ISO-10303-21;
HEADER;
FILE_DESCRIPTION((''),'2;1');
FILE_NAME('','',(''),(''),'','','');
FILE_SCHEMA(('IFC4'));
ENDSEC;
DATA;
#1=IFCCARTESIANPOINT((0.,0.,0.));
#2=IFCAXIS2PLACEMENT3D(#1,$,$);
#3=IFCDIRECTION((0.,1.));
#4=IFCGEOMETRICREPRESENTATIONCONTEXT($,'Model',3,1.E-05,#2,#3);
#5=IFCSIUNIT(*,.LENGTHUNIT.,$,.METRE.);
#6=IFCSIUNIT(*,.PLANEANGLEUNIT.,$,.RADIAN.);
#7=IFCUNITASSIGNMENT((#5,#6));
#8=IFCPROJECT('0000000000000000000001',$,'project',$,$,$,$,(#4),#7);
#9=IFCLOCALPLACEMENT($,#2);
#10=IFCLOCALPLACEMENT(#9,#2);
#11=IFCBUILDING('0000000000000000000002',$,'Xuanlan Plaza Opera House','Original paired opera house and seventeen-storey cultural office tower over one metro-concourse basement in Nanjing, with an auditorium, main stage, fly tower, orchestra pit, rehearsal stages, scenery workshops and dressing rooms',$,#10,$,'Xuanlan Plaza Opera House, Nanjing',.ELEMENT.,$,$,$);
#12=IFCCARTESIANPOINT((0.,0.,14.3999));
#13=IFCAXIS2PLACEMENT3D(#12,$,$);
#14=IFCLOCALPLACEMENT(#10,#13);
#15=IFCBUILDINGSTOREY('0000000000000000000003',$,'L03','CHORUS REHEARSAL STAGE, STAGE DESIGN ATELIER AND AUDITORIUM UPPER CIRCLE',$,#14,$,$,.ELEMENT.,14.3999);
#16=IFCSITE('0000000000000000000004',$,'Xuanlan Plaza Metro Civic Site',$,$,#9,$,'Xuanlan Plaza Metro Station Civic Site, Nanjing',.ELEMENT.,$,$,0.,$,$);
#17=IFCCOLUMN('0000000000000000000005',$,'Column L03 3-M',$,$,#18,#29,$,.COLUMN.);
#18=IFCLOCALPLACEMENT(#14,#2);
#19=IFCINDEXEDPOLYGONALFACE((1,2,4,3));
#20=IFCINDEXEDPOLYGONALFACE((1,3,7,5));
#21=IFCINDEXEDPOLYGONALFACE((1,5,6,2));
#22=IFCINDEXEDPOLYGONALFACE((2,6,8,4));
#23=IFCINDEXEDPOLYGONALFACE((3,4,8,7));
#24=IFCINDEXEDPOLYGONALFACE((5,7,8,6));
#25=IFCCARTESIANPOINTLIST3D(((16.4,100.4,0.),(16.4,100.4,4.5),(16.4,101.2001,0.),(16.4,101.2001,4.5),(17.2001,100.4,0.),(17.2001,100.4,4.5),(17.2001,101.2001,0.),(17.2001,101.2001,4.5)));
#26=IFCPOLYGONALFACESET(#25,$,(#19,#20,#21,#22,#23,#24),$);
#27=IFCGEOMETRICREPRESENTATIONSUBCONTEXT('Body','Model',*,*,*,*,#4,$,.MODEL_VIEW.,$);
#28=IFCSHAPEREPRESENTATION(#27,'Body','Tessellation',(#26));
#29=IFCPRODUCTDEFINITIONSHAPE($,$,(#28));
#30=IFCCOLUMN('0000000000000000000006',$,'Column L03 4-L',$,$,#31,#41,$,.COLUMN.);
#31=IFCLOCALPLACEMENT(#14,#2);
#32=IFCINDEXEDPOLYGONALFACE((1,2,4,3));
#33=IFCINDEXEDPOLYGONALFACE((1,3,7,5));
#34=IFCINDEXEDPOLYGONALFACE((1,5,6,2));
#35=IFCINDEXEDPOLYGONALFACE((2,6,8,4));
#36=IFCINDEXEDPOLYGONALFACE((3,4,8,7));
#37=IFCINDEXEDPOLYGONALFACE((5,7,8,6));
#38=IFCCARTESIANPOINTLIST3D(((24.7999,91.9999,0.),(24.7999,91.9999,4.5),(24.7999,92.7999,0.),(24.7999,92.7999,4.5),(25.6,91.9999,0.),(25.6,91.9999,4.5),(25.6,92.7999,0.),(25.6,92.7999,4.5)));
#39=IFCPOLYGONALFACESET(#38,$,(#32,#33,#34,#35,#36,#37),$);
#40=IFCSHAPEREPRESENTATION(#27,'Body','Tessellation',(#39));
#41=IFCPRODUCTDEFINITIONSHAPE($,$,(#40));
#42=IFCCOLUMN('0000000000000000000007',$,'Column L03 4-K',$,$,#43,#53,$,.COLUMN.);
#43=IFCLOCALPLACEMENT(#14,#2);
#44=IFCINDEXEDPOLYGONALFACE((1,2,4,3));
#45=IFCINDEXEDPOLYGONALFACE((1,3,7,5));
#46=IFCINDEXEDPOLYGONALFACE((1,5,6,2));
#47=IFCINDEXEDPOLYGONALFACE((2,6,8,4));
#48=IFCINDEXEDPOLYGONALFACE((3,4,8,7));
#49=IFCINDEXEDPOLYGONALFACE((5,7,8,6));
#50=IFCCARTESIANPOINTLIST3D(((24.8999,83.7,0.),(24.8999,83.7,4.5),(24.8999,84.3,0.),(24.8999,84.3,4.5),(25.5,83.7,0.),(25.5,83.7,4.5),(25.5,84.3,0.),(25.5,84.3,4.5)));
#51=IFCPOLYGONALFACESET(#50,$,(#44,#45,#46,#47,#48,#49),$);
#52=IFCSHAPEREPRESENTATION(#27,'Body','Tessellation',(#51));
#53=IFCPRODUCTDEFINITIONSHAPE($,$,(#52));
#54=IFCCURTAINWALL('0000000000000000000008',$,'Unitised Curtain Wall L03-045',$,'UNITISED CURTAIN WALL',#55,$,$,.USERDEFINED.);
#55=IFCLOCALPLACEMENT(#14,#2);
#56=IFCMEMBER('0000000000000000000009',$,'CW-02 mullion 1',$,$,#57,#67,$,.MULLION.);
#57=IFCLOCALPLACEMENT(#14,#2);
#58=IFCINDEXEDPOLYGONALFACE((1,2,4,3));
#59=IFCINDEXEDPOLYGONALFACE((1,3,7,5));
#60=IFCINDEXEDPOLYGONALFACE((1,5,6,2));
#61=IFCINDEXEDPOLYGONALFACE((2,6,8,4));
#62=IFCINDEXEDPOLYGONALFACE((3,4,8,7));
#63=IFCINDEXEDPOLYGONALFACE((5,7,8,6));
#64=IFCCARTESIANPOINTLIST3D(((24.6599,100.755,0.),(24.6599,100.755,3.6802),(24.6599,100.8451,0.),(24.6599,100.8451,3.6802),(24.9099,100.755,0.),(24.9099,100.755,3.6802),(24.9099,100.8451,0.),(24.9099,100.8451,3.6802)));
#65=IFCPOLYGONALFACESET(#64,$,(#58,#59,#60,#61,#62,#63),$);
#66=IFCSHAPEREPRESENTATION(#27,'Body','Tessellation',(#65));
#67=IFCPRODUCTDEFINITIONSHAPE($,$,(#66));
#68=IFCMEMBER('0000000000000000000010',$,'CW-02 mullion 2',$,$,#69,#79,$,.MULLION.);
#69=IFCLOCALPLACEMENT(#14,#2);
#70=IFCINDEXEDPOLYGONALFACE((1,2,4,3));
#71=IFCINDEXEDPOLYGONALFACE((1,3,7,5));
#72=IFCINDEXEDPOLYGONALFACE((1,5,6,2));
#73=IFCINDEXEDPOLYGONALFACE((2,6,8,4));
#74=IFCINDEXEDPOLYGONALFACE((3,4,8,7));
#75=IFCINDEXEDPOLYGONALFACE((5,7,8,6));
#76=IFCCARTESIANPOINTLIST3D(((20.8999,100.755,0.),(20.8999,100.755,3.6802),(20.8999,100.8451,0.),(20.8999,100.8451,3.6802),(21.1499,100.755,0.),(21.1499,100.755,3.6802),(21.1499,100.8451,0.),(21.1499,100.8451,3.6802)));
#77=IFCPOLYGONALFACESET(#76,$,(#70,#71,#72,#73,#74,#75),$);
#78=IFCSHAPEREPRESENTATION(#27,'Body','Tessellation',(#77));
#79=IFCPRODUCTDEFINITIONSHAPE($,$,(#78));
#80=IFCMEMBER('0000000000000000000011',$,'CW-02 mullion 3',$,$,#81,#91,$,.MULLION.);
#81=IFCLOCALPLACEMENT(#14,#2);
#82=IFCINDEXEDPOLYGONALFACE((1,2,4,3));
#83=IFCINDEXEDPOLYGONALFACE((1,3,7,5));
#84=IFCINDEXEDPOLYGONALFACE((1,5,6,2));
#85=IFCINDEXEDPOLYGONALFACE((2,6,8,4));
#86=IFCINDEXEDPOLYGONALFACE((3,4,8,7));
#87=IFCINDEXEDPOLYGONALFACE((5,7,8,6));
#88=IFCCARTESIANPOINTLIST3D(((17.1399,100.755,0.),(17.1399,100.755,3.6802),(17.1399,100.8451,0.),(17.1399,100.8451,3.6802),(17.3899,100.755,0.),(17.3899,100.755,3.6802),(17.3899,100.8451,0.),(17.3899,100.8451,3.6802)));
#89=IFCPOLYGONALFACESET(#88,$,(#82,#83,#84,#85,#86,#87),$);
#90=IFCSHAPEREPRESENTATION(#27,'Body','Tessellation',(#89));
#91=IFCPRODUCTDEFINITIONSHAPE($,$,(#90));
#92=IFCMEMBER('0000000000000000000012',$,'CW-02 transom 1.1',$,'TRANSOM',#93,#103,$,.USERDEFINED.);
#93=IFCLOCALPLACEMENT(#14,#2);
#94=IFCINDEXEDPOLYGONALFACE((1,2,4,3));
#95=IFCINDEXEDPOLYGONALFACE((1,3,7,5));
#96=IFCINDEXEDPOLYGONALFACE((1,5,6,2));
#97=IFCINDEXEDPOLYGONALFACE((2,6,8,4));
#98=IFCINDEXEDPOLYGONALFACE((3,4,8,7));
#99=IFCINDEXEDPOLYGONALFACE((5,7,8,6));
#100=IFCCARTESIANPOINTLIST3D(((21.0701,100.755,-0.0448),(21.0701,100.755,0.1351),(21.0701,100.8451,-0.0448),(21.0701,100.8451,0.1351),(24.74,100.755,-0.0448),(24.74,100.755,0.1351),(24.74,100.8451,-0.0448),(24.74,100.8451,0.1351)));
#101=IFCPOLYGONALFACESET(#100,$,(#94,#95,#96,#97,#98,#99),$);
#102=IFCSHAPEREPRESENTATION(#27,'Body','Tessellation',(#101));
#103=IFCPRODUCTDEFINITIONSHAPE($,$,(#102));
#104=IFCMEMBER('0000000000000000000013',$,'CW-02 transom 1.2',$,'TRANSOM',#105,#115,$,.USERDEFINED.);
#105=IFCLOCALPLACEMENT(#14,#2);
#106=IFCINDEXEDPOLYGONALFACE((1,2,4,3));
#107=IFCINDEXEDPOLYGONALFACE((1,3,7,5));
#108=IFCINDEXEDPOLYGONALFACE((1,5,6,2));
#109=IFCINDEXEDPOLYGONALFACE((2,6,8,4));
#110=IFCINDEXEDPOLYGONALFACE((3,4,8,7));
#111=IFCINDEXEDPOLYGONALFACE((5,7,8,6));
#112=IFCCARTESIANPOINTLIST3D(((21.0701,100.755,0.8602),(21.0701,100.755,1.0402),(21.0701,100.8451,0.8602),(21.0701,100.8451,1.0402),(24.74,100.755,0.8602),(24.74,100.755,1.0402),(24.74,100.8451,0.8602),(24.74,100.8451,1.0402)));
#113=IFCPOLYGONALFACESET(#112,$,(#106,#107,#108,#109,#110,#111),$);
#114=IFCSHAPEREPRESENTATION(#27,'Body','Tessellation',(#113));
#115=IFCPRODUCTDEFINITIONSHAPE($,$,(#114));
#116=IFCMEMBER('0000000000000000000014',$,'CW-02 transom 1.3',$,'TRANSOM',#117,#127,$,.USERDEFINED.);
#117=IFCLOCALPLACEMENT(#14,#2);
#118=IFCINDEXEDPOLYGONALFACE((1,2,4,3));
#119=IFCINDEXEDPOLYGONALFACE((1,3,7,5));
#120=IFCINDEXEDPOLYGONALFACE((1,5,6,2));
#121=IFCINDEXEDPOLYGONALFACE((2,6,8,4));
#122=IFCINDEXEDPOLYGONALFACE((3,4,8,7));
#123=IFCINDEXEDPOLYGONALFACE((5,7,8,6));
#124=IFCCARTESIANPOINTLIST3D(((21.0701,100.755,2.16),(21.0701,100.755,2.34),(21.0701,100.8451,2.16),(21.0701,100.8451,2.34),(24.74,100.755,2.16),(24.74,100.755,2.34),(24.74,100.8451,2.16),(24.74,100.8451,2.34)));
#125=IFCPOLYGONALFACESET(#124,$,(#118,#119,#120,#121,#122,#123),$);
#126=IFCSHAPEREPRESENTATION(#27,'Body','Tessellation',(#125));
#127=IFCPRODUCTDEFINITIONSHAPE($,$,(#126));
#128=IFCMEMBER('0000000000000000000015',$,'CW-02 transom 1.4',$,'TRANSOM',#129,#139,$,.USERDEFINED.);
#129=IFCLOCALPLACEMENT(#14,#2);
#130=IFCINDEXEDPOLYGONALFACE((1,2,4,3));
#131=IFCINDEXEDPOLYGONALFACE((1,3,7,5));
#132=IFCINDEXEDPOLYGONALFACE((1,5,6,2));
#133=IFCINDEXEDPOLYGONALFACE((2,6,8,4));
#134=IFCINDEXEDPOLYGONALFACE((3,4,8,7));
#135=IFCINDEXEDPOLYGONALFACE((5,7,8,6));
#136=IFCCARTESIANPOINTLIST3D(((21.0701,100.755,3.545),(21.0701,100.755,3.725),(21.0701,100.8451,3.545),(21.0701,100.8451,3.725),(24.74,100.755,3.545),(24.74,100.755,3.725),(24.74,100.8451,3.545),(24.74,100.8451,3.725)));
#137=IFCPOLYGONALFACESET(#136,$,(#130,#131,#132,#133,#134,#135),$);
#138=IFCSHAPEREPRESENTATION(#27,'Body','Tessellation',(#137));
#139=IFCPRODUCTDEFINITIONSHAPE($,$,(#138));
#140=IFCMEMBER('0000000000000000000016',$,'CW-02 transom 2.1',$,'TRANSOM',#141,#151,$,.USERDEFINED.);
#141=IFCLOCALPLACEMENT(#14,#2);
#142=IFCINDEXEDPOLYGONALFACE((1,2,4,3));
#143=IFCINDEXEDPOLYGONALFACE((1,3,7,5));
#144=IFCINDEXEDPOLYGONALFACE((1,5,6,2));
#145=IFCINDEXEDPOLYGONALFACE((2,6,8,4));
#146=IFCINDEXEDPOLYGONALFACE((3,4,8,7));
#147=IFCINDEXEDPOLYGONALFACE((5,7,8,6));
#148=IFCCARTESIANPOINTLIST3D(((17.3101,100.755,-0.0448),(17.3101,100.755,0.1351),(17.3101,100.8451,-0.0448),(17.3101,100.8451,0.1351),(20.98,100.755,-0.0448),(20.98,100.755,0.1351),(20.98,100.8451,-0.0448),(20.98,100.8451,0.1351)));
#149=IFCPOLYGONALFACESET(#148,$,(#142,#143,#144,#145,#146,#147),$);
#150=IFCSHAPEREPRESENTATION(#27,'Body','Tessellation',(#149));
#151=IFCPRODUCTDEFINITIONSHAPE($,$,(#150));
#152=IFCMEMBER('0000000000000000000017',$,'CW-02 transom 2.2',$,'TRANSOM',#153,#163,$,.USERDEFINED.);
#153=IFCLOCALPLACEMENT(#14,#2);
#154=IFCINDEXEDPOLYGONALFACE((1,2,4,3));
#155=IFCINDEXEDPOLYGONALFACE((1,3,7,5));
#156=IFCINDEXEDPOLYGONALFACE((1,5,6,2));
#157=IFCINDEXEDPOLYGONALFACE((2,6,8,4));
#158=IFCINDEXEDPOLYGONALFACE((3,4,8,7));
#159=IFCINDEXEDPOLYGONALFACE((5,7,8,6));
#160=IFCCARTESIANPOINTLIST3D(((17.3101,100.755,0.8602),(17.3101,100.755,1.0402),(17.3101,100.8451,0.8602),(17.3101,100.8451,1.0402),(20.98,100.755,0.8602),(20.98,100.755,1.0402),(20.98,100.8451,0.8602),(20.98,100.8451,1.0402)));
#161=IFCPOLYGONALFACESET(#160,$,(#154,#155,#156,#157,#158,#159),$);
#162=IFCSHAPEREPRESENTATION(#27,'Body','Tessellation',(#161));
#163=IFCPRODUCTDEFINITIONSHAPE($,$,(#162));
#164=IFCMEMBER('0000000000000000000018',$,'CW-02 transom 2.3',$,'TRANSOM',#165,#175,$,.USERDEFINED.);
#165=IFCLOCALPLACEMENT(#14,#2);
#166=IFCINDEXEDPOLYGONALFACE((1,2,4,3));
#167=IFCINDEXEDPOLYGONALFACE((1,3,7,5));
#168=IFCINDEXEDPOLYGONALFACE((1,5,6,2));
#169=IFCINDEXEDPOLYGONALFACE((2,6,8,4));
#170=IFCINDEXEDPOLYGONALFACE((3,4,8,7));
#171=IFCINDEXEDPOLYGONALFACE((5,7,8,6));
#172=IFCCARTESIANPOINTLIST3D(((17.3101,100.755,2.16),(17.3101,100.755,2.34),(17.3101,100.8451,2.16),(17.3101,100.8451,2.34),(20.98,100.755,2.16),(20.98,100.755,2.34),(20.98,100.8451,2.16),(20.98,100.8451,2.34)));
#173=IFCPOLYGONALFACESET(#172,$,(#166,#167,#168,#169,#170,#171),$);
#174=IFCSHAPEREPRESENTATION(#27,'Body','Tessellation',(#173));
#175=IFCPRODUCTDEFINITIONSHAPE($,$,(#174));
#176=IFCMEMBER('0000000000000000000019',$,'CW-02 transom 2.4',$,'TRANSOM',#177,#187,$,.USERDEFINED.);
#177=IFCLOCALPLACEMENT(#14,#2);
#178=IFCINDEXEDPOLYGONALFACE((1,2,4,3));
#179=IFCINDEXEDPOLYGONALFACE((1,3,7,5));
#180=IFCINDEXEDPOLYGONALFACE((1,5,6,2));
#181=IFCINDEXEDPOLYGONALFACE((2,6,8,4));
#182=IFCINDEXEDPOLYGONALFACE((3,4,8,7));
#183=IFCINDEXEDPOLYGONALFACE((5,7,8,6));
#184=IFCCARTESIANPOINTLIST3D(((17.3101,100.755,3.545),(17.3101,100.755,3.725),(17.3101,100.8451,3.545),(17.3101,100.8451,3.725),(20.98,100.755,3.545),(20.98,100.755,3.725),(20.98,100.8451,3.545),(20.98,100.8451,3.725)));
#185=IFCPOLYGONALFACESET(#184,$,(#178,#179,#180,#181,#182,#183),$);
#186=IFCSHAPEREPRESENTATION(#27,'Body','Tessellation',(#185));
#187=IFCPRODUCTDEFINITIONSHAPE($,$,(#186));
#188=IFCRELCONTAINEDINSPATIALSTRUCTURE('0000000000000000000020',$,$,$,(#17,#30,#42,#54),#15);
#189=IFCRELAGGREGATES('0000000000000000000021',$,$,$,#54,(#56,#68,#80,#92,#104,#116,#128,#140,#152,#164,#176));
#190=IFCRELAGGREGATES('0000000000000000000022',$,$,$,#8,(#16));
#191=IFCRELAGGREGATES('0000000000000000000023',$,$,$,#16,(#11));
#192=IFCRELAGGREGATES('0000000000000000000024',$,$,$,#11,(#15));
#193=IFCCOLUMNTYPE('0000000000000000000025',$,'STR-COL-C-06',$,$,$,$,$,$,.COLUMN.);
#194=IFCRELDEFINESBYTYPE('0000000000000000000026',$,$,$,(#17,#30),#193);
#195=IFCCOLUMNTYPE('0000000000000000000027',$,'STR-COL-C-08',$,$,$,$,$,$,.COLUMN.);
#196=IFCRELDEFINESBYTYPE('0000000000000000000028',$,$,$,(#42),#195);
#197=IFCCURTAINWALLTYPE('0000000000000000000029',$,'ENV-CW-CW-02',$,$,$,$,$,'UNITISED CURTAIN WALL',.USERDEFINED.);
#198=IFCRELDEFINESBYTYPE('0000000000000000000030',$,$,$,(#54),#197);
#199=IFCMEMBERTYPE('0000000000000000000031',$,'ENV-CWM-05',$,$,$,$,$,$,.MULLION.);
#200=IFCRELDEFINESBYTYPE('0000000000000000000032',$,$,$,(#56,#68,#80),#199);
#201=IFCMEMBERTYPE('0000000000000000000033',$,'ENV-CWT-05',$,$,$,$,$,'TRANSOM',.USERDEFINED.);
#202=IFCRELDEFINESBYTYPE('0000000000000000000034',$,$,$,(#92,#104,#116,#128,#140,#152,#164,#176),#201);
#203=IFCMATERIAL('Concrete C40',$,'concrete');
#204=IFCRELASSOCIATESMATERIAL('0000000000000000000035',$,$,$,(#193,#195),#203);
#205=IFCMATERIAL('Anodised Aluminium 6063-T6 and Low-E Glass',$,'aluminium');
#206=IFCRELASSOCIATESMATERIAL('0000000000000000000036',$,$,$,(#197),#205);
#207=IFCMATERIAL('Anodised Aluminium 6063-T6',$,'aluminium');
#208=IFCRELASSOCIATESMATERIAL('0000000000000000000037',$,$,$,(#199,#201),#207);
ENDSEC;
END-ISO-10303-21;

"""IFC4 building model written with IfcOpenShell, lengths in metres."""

from ifc_helpers import new_model, si_unit, direction, frame, origin, origin_2d, place, context, subcontext, project, spatial, rectangle, extrude, material, material_profile, profile_set, type_object, element, aggregate, save


model = new_model("IFC4")

# Units and contexts
model_context = context("Model", 3, precision=1e-05, world=origin(), true_north=direction((0.0, 1.0)))
body_context = subcontext(model_context, "Body", "Model", "MODEL_VIEW")
ifc_project = project(units=[si_unit("LENGTHUNIT", "METRE"), si_unit("PLANEANGLEUNIT", "RADIAN")], contexts=[model_context])

# Site, building, storey
site_placement = place(None, origin())
site = spatial("IfcSite", under=ifc_project, at=site_placement, Name="Xuanlan Plaza Metro Civic Site", LongName="Xuanlan Plaza Metro Station Civic Site, Nanjing", CompositionType="ELEMENT", RefElevation=0.0)
building_placement = place(site_placement, origin())
building = spatial("IfcBuilding", under=site, at=building_placement, Name="Xuanlan Plaza Opera House", Description="Original paired opera house and seventeen-storey cultural office tower over one metro-concourse basement in Nanjing, with an auditorium, main stage, fly tower, orchestra pit, rehearsal stages, scenery workshops and dressing rooms", LongName="Xuanlan Plaza Opera House, Nanjing", CompositionType="ELEMENT")
storey_placement = place(building_placement, frame((0.0, 0.0, 14.3999)))
storey = spatial("IfcBuildingStorey", under=building, at=storey_placement, Name="L03", Description="CHORUS REHEARSAL STAGE, STAGE DESIGN ATELIER AND AUDITORIUM UPPER CIRCLE", CompositionType="ELEMENT", Elevation=14.3999)

# Columns
ifc_material_1 = material(Name="Concrete C40", Category="concrete")
ifc_material_profile_1 = material_profile(ifc_material_1, rectangle(XDim=0.8, YDim=0.8, at=origin_2d()), Name="RC-COL 800x800")
ifc_profile_set_1 = profile_set([ifc_material_profile_1], Name="Concrete C40")
column_type_1 = type_object("IfcColumnType", Name="STR-COL-C-06", PredefinedType="COLUMN", material=ifc_profile_set_1)
for number, where, z_axis, x_axis, name in (
    (1, (16.8, 100.8, 0.0), (0.0, 0.0, 1.0), (1.0, 0.0, 0.0), "Column L03 3-M"),
    (2, (25.2, 92.3999, 0.0), (0.0, 0.0, 1.0), (1.0, 0.0, 0.0), "Column L03 4-L"),
):
    element("IfcColumn", number, at=place(storey_placement, frame(where, z_axis=z_axis, x_axis=x_axis)), inside=storey, type_object=column_type_1, Name=name, PredefinedType="COLUMN", context=body_context, shape_type="SweptSolid", body=[
        extrude(rectangle(XDim=0.8, YDim=0.8, at=origin_2d()), origin(), (0.0, 0.0, 1.0), 4.5),
    ])
ifc_material_profile_2 = material_profile(ifc_material_1, rectangle(XDim=0.6001, YDim=0.6001, at=origin_2d()), Name="RC-COL 600x600")
ifc_profile_set_2 = profile_set([ifc_material_profile_2], Name="Concrete C40")
column_type_2 = type_object("IfcColumnType", Name="STR-COL-C-08", PredefinedType="COLUMN", material=ifc_profile_set_2)
column_placement = place(storey_placement, frame((25.2, 84.0, 0.0), z_axis=(0.0, 0.0, 1.0), x_axis=(1.0, 0.0, 0.0)))
element("IfcColumn", 3, at=column_placement, inside=storey, type_object=column_type_2, Name="Column L03 4-K", PredefinedType="COLUMN", context=body_context, shape_type="SweptSolid", body=[
    extrude(rectangle(XDim=0.6001, YDim=0.6001, at=origin_2d()), origin(), (0.0, 0.0, 1.0), 4.5),
])

# Curtain wall, members
ifc_material_2 = material(Name="Anodised Aluminium 6063-T6 and Low-E Glass", Category="aluminium")
curtain_wall_type = type_object("IfcCurtainWallType", Name="ENV-CW-CW-02", ElementType="UNITISED CURTAIN WALL", PredefinedType="USERDEFINED", material=ifc_material_2)
curtain_wall_placement = place(storey_placement, origin())
curtain_wall = element("IfcCurtainWall", 4, at=curtain_wall_placement, inside=storey, type_object=curtain_wall_type, Name="Unitised Curtain Wall L03-045", ObjectType="UNITISED CURTAIN WALL", PredefinedType="USERDEFINED")
ifc_material_3 = material(Name="Anodised Aluminium 6063-T6", Category="aluminium")
ifc_material_profile_3 = material_profile(ifc_material_3, rectangle(XDim=0.0901, YDim=0.25, at=origin_2d()), Name="ALU-M 90x250")
ifc_profile_set_3 = profile_set([ifc_material_profile_3], Name="Anodised Aluminium 6063-T6")
member_type_1 = type_object("IfcMemberType", Name="ENV-CWM-05", PredefinedType="MULLION", material=ifc_profile_set_3)
member_1_placement = place(storey_placement, frame((24.7849, 100.8, 0.0), z_axis=(0.0, 0.0, 1.0), x_axis=(0.0, -1.0, 0.0)))
member_1 = element("IfcMember", 5, at=member_1_placement, type_object=member_type_1, Name="CW-02 mullion 1", PredefinedType="MULLION", context=body_context, shape_type="SweptSolid", body=[
    extrude(rectangle(XDim=0.0901, YDim=0.25, at=origin_2d()), origin(), (0.0, 0.0, 1.0), 3.6802),
])
member_2_placement = place(storey_placement, frame((21.0249, 100.8, 0.0), z_axis=(0.0, 0.0, 1.0), x_axis=(0.0, -1.0, 0.0)))
member_2 = element("IfcMember", 6, at=member_2_placement, type_object=member_type_1, Name="CW-02 mullion 2", PredefinedType="MULLION", context=body_context, shape_type="SweptSolid", body=[
    extrude(rectangle(XDim=0.0901, YDim=0.25, at=origin_2d()), origin(), (0.0, 0.0, 1.0), 3.6802),
])
member_3_placement = place(storey_placement, frame((17.2649, 100.8, 0.0), z_axis=(0.0, 0.0, 1.0), x_axis=(0.0, -1.0, 0.0)))
member_3 = element("IfcMember", 7, at=member_3_placement, type_object=member_type_1, Name="CW-02 mullion 3", PredefinedType="MULLION", context=body_context, shape_type="SweptSolid", body=[
    extrude(rectangle(XDim=0.0901, YDim=0.25, at=origin_2d()), origin(), (0.0, 0.0, 1.0), 3.6802),
])
ifc_material_profile_4 = material_profile(ifc_material_3, rectangle(XDim=0.0901, YDim=0.1799, at=origin_2d()), Name="ALU-T 90x180")
ifc_profile_set_4 = profile_set([ifc_material_profile_4], Name="Anodised Aluminium 6063-T6")
member_type_2 = type_object("IfcMemberType", Name="ENV-CWT-05", ElementType="TRANSOM", PredefinedType="USERDEFINED", material=ifc_profile_set_4)
member_4_placement = place(storey_placement, frame((24.74, 100.8, 0.0452), z_axis=(-1.0, 0.0, 0.0), x_axis=(0.0, -1.0, 0.0)))
member_4 = element("IfcMember", 8, at=member_4_placement, type_object=member_type_2, Name="CW-02 transom 1.1", ObjectType="TRANSOM", PredefinedType="USERDEFINED", context=body_context, shape_type="SweptSolid", body=[
    extrude(rectangle(XDim=0.0901, YDim=0.1799, at=origin_2d()), origin(), (0.0, 0.0, 1.0), 3.6699),
])
member_5_placement = place(storey_placement, frame((24.74, 100.8, 0.9502), z_axis=(-1.0, 0.0, 0.0), x_axis=(0.0, -1.0, 0.0)))
member_5 = element("IfcMember", 9, at=member_5_placement, type_object=member_type_2, Name="CW-02 transom 1.2", ObjectType="TRANSOM", PredefinedType="USERDEFINED", context=body_context, shape_type="SweptSolid", body=[
    extrude(rectangle(XDim=0.0901, YDim=0.1799, at=origin_2d()), origin(), (0.0, 0.0, 1.0), 3.6699),
])
member_6_placement = place(storey_placement, frame((24.74, 100.8, 2.25), z_axis=(-1.0, 0.0, 0.0), x_axis=(0.0, -1.0, 0.0)))
member_6 = element("IfcMember", 10, at=member_6_placement, type_object=member_type_2, Name="CW-02 transom 1.3", ObjectType="TRANSOM", PredefinedType="USERDEFINED", context=body_context, shape_type="SweptSolid", body=[
    extrude(rectangle(XDim=0.0901, YDim=0.1799, at=origin_2d()), origin(), (0.0, 0.0, 1.0), 3.6699),
])
member_7_placement = place(storey_placement, frame((24.74, 100.8, 3.635), z_axis=(-1.0, 0.0, 0.0), x_axis=(0.0, -1.0, 0.0)))
member_7 = element("IfcMember", 11, at=member_7_placement, type_object=member_type_2, Name="CW-02 transom 1.4", ObjectType="TRANSOM", PredefinedType="USERDEFINED", context=body_context, shape_type="SweptSolid", body=[
    extrude(rectangle(XDim=0.0901, YDim=0.1799, at=origin_2d()), origin(), (0.0, 0.0, 1.0), 3.6699),
])
member_8_placement = place(storey_placement, frame((20.98, 100.8, 0.0452), z_axis=(-1.0, 0.0, 0.0), x_axis=(0.0, -1.0, 0.0)))
member_8 = element("IfcMember", 12, at=member_8_placement, type_object=member_type_2, Name="CW-02 transom 2.1", ObjectType="TRANSOM", PredefinedType="USERDEFINED", context=body_context, shape_type="SweptSolid", body=[
    extrude(rectangle(XDim=0.0901, YDim=0.1799, at=origin_2d()), origin(), (0.0, 0.0, 1.0), 3.6699),
])
member_9_placement = place(storey_placement, frame((20.98, 100.8, 0.9502), z_axis=(-1.0, 0.0, 0.0), x_axis=(0.0, -1.0, 0.0)))
member_9 = element("IfcMember", 13, at=member_9_placement, type_object=member_type_2, Name="CW-02 transom 2.2", ObjectType="TRANSOM", PredefinedType="USERDEFINED", context=body_context, shape_type="SweptSolid", body=[
    extrude(rectangle(XDim=0.0901, YDim=0.1799, at=origin_2d()), origin(), (0.0, 0.0, 1.0), 3.6699),
])
member_10_placement = place(storey_placement, frame((20.98, 100.8, 2.25), z_axis=(-1.0, 0.0, 0.0), x_axis=(0.0, -1.0, 0.0)))
member_10 = element("IfcMember", 14, at=member_10_placement, type_object=member_type_2, Name="CW-02 transom 2.3", ObjectType="TRANSOM", PredefinedType="USERDEFINED", context=body_context, shape_type="SweptSolid", body=[
    extrude(rectangle(XDim=0.0901, YDim=0.1799, at=origin_2d()), origin(), (0.0, 0.0, 1.0), 3.6699),
])
member_11_placement = place(storey_placement, frame((20.98, 100.8, 3.635), z_axis=(-1.0, 0.0, 0.0), x_axis=(0.0, -1.0, 0.0)))
member_11 = element("IfcMember", 15, at=member_11_placement, type_object=member_type_2, Name="CW-02 transom 2.4", ObjectType="TRANSOM", PredefinedType="USERDEFINED", context=body_context, shape_type="SweptSolid", body=[
    extrude(rectangle(XDim=0.0901, YDim=0.1799, at=origin_2d()), origin(), (0.0, 0.0, 1.0), 3.6699),
])

aggregate(curtain_wall, [member_1, member_2, member_3, member_4, member_5, member_6, member_7, member_8, member_9, member_10, member_11])

save(model, "model.ifc")
